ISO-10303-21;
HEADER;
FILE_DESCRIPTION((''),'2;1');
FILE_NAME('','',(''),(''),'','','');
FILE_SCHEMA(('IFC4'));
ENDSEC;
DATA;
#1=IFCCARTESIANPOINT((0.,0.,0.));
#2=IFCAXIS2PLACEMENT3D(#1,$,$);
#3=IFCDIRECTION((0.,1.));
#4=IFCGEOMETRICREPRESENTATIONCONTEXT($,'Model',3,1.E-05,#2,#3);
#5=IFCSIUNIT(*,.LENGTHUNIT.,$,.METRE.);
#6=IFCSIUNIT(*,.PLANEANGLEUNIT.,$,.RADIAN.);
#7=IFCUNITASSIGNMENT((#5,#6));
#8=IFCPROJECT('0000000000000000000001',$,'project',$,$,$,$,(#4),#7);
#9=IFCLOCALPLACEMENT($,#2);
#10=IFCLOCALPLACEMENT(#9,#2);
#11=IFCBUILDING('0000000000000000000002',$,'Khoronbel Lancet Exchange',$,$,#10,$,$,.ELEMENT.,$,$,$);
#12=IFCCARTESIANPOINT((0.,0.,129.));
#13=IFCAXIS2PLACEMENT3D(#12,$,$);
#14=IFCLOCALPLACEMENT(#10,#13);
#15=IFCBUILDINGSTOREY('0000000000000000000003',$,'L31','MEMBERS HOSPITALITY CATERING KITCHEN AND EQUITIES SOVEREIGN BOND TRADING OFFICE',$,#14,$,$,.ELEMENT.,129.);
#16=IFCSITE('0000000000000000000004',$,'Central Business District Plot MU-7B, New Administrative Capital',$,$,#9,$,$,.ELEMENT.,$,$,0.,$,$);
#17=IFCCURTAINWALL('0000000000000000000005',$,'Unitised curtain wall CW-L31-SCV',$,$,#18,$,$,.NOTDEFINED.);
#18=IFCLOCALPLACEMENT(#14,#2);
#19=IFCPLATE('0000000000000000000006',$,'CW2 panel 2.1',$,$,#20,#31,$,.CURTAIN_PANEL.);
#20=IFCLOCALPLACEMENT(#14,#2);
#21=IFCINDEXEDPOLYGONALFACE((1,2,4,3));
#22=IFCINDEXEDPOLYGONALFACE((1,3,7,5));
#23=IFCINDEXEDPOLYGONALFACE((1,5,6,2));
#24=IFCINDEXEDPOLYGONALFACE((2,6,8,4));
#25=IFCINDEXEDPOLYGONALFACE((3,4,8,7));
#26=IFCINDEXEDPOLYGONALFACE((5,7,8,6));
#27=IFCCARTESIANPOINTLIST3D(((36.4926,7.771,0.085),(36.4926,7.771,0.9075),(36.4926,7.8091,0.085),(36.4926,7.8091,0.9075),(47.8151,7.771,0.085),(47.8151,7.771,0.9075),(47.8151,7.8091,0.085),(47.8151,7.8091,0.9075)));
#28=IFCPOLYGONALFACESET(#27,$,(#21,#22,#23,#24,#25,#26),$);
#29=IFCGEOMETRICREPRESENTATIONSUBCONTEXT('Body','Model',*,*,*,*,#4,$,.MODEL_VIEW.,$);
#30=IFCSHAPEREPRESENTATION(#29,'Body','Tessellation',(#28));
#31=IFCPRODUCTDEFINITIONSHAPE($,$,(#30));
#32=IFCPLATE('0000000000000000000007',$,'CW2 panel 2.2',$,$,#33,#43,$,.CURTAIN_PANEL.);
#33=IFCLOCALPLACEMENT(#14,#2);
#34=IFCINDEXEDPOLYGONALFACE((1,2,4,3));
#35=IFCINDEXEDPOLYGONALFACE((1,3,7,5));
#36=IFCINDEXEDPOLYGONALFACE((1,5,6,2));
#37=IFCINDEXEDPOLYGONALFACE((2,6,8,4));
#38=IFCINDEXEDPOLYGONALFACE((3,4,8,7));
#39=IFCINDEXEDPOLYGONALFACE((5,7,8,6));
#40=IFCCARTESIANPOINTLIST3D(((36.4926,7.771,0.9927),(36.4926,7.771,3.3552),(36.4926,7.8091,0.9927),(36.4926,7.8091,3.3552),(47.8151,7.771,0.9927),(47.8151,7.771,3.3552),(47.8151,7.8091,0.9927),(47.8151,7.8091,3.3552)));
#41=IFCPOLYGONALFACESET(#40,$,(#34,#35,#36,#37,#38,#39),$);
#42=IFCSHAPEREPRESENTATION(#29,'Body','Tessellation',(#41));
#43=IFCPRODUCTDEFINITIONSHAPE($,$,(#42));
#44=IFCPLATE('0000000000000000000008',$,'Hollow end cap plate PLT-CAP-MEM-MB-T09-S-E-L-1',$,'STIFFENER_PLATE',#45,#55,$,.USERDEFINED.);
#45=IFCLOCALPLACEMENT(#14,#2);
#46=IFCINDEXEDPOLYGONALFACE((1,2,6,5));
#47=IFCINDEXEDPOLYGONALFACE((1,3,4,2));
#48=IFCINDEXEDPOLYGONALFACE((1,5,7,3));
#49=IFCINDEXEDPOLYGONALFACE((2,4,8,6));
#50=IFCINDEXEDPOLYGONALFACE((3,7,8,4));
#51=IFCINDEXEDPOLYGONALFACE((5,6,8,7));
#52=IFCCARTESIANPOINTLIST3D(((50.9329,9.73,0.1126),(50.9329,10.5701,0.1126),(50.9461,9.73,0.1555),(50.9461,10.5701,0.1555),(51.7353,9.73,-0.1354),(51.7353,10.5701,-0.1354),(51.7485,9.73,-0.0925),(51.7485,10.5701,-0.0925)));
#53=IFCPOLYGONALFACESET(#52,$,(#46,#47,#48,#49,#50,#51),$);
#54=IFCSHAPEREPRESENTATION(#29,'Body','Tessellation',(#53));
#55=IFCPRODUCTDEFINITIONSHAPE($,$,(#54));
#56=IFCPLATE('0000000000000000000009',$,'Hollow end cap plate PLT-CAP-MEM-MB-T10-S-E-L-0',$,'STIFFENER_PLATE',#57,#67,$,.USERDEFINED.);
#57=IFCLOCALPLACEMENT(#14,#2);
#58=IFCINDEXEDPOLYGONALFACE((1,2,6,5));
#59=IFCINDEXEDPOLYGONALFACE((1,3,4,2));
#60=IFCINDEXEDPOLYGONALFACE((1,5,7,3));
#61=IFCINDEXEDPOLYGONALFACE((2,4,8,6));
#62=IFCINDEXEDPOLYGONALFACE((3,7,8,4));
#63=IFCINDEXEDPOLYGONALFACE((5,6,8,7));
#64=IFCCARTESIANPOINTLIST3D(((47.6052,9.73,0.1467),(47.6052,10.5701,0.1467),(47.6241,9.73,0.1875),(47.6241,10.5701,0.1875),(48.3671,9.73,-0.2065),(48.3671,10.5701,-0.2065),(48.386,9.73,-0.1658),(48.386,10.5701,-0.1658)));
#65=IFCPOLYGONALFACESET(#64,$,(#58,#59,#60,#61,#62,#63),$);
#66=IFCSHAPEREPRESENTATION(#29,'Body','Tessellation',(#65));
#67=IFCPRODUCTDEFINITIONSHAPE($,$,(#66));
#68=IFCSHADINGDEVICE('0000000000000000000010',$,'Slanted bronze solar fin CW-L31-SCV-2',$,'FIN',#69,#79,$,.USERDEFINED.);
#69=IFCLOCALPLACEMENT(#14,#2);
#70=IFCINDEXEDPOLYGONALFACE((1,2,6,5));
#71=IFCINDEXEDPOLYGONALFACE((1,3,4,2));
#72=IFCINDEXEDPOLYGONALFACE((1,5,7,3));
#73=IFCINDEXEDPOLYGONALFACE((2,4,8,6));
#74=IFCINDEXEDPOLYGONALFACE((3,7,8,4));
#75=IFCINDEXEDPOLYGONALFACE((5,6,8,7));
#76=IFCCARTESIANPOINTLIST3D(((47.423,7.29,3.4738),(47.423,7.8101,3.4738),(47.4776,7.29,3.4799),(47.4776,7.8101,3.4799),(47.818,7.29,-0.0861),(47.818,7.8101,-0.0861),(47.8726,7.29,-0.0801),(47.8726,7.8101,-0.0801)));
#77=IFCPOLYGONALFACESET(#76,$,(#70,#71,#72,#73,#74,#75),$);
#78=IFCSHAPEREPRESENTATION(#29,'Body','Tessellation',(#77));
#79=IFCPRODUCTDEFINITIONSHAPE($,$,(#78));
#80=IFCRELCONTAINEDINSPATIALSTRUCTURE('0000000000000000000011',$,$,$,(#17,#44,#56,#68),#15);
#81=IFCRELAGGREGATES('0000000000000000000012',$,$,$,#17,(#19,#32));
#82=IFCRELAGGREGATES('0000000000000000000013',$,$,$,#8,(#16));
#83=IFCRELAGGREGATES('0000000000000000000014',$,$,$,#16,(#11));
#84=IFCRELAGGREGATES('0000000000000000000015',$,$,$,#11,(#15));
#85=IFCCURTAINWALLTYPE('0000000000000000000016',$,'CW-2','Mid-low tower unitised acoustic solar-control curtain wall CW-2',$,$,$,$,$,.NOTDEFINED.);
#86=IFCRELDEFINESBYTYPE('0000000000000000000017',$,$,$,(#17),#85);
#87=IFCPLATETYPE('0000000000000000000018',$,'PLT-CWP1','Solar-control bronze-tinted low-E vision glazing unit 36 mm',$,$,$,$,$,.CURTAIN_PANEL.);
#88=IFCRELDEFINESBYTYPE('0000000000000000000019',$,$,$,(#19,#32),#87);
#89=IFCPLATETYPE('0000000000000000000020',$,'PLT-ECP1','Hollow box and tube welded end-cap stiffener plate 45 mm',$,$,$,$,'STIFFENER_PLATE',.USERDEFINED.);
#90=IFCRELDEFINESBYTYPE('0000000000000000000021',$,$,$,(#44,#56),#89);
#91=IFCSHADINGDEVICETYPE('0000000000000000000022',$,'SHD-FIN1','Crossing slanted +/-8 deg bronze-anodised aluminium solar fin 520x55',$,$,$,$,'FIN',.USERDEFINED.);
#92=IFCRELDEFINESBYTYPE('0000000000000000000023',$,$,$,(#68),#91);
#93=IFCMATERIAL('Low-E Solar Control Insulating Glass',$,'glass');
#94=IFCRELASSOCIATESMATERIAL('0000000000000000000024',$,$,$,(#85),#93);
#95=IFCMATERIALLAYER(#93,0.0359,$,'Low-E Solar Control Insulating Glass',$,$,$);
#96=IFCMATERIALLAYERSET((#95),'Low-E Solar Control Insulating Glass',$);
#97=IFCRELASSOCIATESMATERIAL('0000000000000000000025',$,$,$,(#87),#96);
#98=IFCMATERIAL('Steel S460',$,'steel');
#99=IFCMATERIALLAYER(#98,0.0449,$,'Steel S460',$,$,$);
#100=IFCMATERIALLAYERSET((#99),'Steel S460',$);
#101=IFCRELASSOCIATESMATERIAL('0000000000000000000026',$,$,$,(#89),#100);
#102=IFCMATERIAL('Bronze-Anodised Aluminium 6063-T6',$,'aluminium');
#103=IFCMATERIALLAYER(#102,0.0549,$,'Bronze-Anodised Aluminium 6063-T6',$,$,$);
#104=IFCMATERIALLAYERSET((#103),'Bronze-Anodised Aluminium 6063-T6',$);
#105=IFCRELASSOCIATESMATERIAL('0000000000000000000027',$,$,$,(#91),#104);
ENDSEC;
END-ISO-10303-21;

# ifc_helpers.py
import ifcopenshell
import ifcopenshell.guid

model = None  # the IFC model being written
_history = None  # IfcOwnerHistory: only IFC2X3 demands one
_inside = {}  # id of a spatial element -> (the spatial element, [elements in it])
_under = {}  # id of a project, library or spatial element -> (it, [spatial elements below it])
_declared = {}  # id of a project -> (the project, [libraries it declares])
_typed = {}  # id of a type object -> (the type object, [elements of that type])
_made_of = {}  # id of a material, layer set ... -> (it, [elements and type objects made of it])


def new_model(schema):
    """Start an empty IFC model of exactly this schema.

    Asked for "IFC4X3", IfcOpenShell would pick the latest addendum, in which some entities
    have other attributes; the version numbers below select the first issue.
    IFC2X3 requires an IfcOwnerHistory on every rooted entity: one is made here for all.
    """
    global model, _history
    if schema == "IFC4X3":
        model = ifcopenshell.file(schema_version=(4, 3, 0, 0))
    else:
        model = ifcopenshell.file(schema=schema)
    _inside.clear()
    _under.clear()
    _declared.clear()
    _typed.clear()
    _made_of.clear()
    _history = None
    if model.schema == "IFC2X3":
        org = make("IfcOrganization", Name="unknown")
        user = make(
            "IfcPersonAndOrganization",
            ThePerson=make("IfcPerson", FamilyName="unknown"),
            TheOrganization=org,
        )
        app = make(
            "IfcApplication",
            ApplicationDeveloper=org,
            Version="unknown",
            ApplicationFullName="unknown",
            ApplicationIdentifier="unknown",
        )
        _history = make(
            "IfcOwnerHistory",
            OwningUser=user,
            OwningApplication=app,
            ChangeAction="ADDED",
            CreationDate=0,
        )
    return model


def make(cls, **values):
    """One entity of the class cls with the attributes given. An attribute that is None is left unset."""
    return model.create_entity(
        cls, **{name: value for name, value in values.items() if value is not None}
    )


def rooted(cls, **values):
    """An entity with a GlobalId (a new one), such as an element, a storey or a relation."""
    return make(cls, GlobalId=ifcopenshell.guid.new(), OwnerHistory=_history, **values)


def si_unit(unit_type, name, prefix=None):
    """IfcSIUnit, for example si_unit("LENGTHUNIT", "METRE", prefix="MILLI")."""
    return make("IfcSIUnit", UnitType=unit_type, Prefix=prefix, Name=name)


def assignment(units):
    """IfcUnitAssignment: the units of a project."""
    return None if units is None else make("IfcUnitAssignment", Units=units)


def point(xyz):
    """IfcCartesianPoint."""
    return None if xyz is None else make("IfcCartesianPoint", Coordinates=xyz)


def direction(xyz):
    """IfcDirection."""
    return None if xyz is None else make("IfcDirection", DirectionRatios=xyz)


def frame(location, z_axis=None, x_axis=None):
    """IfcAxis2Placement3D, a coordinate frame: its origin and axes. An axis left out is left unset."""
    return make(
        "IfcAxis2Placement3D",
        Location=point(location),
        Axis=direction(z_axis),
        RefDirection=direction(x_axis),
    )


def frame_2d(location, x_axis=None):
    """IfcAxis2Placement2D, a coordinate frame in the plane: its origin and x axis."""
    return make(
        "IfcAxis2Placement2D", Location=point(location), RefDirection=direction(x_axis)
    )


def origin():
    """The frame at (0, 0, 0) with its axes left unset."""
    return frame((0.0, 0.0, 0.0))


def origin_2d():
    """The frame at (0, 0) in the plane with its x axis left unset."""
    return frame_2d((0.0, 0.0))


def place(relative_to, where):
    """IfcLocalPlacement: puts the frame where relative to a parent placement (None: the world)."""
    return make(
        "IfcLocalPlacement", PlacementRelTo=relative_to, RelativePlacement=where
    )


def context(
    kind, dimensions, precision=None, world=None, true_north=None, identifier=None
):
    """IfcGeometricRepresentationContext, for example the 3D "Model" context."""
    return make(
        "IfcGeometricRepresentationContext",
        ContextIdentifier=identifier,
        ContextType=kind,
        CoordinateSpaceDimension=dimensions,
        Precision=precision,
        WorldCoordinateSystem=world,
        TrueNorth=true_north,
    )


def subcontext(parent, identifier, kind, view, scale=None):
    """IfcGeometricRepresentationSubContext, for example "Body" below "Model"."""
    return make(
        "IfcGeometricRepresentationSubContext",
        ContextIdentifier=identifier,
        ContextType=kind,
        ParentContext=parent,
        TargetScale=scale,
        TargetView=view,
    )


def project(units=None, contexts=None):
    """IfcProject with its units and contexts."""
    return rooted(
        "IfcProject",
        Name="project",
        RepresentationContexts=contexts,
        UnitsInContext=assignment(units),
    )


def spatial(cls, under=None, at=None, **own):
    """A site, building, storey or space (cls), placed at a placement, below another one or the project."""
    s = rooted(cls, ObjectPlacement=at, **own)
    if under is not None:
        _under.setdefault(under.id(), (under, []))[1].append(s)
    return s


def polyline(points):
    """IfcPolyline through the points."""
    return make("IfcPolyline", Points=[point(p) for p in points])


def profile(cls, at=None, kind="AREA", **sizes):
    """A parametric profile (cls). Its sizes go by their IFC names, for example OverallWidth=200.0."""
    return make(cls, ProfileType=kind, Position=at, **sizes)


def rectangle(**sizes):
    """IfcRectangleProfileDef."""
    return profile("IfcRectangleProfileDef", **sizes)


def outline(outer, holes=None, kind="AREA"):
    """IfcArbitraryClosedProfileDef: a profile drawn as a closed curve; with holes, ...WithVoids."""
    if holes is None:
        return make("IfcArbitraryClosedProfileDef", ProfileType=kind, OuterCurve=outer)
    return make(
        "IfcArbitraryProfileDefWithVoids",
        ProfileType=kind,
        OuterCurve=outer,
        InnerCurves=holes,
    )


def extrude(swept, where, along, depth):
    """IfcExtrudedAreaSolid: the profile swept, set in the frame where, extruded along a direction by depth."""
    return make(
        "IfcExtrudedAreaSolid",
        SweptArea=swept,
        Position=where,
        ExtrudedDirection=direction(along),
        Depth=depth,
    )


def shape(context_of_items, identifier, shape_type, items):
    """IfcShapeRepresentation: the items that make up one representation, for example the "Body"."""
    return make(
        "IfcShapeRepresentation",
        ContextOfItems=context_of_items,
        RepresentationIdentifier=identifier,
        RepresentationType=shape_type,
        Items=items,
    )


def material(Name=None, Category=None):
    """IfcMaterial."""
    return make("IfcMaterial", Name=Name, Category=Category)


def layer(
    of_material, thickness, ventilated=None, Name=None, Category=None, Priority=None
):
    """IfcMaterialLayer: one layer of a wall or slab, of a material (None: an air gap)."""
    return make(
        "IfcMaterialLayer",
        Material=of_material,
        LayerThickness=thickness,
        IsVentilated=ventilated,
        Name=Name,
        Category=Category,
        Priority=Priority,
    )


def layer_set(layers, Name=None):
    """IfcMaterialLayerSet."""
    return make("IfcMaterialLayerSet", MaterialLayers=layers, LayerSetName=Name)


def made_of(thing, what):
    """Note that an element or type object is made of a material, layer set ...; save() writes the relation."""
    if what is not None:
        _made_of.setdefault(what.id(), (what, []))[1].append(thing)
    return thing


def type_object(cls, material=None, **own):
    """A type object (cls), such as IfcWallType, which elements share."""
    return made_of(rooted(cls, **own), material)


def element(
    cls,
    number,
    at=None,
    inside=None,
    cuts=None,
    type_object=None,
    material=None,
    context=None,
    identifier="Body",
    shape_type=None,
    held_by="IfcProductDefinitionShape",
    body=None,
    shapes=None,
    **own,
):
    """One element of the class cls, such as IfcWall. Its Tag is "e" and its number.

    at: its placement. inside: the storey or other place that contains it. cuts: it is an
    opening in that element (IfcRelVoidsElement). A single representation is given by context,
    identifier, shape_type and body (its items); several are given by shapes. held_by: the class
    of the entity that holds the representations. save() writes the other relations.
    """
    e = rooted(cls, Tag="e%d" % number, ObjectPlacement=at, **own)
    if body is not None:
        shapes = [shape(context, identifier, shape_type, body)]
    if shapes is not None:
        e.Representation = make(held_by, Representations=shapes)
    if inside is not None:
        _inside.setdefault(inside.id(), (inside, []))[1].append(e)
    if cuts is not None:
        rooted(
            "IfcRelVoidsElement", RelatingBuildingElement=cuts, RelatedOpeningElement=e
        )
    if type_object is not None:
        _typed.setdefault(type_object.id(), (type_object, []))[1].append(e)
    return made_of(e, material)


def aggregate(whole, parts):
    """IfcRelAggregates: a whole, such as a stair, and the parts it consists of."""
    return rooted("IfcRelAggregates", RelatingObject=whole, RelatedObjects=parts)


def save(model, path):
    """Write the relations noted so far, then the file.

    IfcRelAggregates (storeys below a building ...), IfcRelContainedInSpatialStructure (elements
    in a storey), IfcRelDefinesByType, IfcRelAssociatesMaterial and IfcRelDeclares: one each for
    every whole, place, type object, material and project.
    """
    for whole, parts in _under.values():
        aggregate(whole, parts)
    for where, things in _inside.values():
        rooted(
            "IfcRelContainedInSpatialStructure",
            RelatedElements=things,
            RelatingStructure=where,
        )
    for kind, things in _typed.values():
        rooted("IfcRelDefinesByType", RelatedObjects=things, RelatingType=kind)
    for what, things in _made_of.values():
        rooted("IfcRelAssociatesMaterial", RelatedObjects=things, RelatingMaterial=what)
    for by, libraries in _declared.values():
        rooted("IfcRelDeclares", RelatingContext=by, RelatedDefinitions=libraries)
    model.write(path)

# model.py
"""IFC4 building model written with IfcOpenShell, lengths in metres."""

from ifc_helpers import new_model, si_unit, direction, frame, origin, origin_2d, place, context, subcontext, project, spatial, polyline, rectangle, outline, extrude, material, layer, layer_set, type_object, element, aggregate, save


model = new_model("IFC4")

# Units and contexts
model_context = context("Model", 3, precision=1e-05, world=origin(), true_north=direction((0.0, 1.0)))
body_context = subcontext(model_context, "Body", "Model", "MODEL_VIEW")
ifc_project = project(units=[si_unit("LENGTHUNIT", "METRE"), si_unit("PLANEANGLEUNIT", "RADIAN")], contexts=[model_context])

# Site, building, storey
site_placement = place(None, origin())
site = spatial("IfcSite", under=ifc_project, at=site_placement, Name="Central Business District Plot MU-7B, New Administrative Capital", CompositionType="ELEMENT", RefElevation=0.0)
building_placement = place(site_placement, origin())
building = spatial("IfcBuilding", under=site, at=building_placement, Name="Khoronbel Lancet Exchange", CompositionType="ELEMENT")
storey_placement = place(building_placement, frame((0.0, 0.0, 129.0)))
storey = spatial("IfcBuildingStorey", under=building, at=storey_placement, Name="L31", Description="MEMBERS HOSPITALITY CATERING KITCHEN AND EQUITIES SOVEREIGN BOND TRADING OFFICE", CompositionType="ELEMENT", Elevation=129.0)

# Shared definitions
ifc_material_1 = material(Name="Steel S460", Category="steel")

# Curtain wall
ifc_material_2 = material(Name="Low-E Solar Control Insulating Glass", Category="glass")
curtain_wall_type = type_object("IfcCurtainWallType", Name="CW-2", Description="Mid-low tower unitised acoustic solar-control curtain wall CW-2", PredefinedType="NOTDEFINED", material=ifc_material_2)
curtain_wall_1_placement = place(storey_placement, origin())
curtain_wall_1 = element("IfcCurtainWall", 1, at=curtain_wall_1_placement, inside=storey, type_object=curtain_wall_type, Name="Unitised curtain wall CW-L31-SCV", PredefinedType="NOTDEFINED")
ifc_material_3 = material(Name="Bronze-Anodised Aluminium 6063-T6", Category="aluminium")

# Plates
ifc_layer_1 = layer(ifc_material_2, 0.0359, Name="Low-E Solar Control Insulating Glass")
ifc_layer_set_1 = layer_set([ifc_layer_1], Name="Low-E Solar Control Insulating Glass")
plate_type_1 = type_object("IfcPlateType", Name="PLT-CWP1", Description="Solar-control bronze-tinted low-E vision glazing unit 36 mm", PredefinedType="CURTAIN_PANEL", material=ifc_layer_set_1)
plate_1_placement = place(storey_placement, frame((42.1538, 7.79, 0.085), z_axis=(0.0, 0.0, 1.0), x_axis=(1.0, 0.0, 0.0)))
plate_1 = element("IfcPlate", 2, at=plate_1_placement, type_object=plate_type_1, Name="CW2 panel 2.1", PredefinedType="CURTAIN_PANEL", context=body_context, shape_type="SweptSolid", body=[
    extrude(rectangle(XDim=11.3225, YDim=0.0381, at=origin_2d()), origin(), (0.0, 0.0, 1.0), 0.8225),
])
plate_2_placement = place(storey_placement, frame((42.1538, 7.79, 0.9927), z_axis=(0.0, 0.0, 1.0), x_axis=(1.0, 0.0, 0.0)))
plate_2 = element("IfcPlate", 3, at=plate_2_placement, type_object=plate_type_1, Name="CW2 panel 2.2", PredefinedType="CURTAIN_PANEL", context=body_context, shape_type="SweptSolid", body=[
    extrude(rectangle(XDim=11.3225, YDim=0.0381, at=origin_2d()), origin(), (0.0, 0.0, 1.0), 2.3625),
])
aggregate(curtain_wall_1, [plate_1, plate_2])

# Plates
ifc_layer_2 = layer(ifc_material_1, 0.0449, Name="Steel S460")
ifc_layer_set_2 = layer_set([ifc_layer_2], Name="Steel S460")
plate_type_2 = type_object("IfcPlateType", Name="PLT-ECP1", Description="Hollow box and tube welded end-cap stiffener plate 45 mm", ElementType="STIFFENER_PLATE", PredefinedType="USERDEFINED", material=ifc_layer_set_2)
for number, where, z_axis, x_axis, name in (
    (4, (51.7485, 9.73, -0.0925), (0.295311, 0.0, 0.955401), (0.0, 1.0, 0.0), "Hollow end cap plate PLT-CAP-MEM-MB-T09-S-E-L-1"),
    (5, (48.386, 9.73, -0.1658), (0.420624, 0.0, 0.907235), (0.0, 1.0, 0.0), "Hollow end cap plate PLT-CAP-MEM-MB-T10-S-E-L-0"),
):
    element("IfcPlate", number, at=place(storey_placement, frame(where, z_axis=z_axis, x_axis=x_axis)), inside=storey, type_object=plate_type_2, Name=name, ObjectType="STIFFENER_PLATE", PredefinedType="USERDEFINED", context=body_context, shape_type="SweptSolid", body=[
        extrude(outline(polyline([(0.0, 0.0), (0.8401, 0.0), (0.8401, 0.8398), (0.0, 0.8398), (0.0, 0.0)])), origin(), (0.0, 0.0, -1.0), 0.0449),
    ])

# Shading device
ifc_layer_3 = layer(ifc_material_3, 0.0549, Name="Bronze-Anodised Aluminium 6063-T6")
ifc_layer_set_3 = layer_set([ifc_layer_3], Name="Bronze-Anodised Aluminium 6063-T6")
shading_device_type = type_object("IfcShadingDeviceType", Name="SHD-FIN1", Description="Crossing slanted +/-8 deg bronze-anodised aluminium solar fin 520x55", ElementType="FIN", PredefinedType="USERDEFINED", material=ifc_layer_set_3)
shading_device_placement = place(storey_placement, frame((47.8726, 7.8101, -0.0801), z_axis=(0.9939, 0.0, 0.110282), x_axis=(0.0, -1.0, 0.0)))
element("IfcShadingDevice", 6, at=shading_device_placement, inside=storey, type_object=shading_device_type, Name="Slanted bronze solar fin CW-L31-SCV-2", ObjectType="FIN", PredefinedType="USERDEFINED", context=body_context, shape_type="SweptSolid", body=[
    extrude(outline(polyline([(0.0, 0.0), (0.52, 0.0), (0.52, -3.5818), (0.0, -3.5818), (0.0, 0.0)])), origin(), (0.0, 0.0, -1.0), 0.0549),
])

save(model, "model.ifc")
